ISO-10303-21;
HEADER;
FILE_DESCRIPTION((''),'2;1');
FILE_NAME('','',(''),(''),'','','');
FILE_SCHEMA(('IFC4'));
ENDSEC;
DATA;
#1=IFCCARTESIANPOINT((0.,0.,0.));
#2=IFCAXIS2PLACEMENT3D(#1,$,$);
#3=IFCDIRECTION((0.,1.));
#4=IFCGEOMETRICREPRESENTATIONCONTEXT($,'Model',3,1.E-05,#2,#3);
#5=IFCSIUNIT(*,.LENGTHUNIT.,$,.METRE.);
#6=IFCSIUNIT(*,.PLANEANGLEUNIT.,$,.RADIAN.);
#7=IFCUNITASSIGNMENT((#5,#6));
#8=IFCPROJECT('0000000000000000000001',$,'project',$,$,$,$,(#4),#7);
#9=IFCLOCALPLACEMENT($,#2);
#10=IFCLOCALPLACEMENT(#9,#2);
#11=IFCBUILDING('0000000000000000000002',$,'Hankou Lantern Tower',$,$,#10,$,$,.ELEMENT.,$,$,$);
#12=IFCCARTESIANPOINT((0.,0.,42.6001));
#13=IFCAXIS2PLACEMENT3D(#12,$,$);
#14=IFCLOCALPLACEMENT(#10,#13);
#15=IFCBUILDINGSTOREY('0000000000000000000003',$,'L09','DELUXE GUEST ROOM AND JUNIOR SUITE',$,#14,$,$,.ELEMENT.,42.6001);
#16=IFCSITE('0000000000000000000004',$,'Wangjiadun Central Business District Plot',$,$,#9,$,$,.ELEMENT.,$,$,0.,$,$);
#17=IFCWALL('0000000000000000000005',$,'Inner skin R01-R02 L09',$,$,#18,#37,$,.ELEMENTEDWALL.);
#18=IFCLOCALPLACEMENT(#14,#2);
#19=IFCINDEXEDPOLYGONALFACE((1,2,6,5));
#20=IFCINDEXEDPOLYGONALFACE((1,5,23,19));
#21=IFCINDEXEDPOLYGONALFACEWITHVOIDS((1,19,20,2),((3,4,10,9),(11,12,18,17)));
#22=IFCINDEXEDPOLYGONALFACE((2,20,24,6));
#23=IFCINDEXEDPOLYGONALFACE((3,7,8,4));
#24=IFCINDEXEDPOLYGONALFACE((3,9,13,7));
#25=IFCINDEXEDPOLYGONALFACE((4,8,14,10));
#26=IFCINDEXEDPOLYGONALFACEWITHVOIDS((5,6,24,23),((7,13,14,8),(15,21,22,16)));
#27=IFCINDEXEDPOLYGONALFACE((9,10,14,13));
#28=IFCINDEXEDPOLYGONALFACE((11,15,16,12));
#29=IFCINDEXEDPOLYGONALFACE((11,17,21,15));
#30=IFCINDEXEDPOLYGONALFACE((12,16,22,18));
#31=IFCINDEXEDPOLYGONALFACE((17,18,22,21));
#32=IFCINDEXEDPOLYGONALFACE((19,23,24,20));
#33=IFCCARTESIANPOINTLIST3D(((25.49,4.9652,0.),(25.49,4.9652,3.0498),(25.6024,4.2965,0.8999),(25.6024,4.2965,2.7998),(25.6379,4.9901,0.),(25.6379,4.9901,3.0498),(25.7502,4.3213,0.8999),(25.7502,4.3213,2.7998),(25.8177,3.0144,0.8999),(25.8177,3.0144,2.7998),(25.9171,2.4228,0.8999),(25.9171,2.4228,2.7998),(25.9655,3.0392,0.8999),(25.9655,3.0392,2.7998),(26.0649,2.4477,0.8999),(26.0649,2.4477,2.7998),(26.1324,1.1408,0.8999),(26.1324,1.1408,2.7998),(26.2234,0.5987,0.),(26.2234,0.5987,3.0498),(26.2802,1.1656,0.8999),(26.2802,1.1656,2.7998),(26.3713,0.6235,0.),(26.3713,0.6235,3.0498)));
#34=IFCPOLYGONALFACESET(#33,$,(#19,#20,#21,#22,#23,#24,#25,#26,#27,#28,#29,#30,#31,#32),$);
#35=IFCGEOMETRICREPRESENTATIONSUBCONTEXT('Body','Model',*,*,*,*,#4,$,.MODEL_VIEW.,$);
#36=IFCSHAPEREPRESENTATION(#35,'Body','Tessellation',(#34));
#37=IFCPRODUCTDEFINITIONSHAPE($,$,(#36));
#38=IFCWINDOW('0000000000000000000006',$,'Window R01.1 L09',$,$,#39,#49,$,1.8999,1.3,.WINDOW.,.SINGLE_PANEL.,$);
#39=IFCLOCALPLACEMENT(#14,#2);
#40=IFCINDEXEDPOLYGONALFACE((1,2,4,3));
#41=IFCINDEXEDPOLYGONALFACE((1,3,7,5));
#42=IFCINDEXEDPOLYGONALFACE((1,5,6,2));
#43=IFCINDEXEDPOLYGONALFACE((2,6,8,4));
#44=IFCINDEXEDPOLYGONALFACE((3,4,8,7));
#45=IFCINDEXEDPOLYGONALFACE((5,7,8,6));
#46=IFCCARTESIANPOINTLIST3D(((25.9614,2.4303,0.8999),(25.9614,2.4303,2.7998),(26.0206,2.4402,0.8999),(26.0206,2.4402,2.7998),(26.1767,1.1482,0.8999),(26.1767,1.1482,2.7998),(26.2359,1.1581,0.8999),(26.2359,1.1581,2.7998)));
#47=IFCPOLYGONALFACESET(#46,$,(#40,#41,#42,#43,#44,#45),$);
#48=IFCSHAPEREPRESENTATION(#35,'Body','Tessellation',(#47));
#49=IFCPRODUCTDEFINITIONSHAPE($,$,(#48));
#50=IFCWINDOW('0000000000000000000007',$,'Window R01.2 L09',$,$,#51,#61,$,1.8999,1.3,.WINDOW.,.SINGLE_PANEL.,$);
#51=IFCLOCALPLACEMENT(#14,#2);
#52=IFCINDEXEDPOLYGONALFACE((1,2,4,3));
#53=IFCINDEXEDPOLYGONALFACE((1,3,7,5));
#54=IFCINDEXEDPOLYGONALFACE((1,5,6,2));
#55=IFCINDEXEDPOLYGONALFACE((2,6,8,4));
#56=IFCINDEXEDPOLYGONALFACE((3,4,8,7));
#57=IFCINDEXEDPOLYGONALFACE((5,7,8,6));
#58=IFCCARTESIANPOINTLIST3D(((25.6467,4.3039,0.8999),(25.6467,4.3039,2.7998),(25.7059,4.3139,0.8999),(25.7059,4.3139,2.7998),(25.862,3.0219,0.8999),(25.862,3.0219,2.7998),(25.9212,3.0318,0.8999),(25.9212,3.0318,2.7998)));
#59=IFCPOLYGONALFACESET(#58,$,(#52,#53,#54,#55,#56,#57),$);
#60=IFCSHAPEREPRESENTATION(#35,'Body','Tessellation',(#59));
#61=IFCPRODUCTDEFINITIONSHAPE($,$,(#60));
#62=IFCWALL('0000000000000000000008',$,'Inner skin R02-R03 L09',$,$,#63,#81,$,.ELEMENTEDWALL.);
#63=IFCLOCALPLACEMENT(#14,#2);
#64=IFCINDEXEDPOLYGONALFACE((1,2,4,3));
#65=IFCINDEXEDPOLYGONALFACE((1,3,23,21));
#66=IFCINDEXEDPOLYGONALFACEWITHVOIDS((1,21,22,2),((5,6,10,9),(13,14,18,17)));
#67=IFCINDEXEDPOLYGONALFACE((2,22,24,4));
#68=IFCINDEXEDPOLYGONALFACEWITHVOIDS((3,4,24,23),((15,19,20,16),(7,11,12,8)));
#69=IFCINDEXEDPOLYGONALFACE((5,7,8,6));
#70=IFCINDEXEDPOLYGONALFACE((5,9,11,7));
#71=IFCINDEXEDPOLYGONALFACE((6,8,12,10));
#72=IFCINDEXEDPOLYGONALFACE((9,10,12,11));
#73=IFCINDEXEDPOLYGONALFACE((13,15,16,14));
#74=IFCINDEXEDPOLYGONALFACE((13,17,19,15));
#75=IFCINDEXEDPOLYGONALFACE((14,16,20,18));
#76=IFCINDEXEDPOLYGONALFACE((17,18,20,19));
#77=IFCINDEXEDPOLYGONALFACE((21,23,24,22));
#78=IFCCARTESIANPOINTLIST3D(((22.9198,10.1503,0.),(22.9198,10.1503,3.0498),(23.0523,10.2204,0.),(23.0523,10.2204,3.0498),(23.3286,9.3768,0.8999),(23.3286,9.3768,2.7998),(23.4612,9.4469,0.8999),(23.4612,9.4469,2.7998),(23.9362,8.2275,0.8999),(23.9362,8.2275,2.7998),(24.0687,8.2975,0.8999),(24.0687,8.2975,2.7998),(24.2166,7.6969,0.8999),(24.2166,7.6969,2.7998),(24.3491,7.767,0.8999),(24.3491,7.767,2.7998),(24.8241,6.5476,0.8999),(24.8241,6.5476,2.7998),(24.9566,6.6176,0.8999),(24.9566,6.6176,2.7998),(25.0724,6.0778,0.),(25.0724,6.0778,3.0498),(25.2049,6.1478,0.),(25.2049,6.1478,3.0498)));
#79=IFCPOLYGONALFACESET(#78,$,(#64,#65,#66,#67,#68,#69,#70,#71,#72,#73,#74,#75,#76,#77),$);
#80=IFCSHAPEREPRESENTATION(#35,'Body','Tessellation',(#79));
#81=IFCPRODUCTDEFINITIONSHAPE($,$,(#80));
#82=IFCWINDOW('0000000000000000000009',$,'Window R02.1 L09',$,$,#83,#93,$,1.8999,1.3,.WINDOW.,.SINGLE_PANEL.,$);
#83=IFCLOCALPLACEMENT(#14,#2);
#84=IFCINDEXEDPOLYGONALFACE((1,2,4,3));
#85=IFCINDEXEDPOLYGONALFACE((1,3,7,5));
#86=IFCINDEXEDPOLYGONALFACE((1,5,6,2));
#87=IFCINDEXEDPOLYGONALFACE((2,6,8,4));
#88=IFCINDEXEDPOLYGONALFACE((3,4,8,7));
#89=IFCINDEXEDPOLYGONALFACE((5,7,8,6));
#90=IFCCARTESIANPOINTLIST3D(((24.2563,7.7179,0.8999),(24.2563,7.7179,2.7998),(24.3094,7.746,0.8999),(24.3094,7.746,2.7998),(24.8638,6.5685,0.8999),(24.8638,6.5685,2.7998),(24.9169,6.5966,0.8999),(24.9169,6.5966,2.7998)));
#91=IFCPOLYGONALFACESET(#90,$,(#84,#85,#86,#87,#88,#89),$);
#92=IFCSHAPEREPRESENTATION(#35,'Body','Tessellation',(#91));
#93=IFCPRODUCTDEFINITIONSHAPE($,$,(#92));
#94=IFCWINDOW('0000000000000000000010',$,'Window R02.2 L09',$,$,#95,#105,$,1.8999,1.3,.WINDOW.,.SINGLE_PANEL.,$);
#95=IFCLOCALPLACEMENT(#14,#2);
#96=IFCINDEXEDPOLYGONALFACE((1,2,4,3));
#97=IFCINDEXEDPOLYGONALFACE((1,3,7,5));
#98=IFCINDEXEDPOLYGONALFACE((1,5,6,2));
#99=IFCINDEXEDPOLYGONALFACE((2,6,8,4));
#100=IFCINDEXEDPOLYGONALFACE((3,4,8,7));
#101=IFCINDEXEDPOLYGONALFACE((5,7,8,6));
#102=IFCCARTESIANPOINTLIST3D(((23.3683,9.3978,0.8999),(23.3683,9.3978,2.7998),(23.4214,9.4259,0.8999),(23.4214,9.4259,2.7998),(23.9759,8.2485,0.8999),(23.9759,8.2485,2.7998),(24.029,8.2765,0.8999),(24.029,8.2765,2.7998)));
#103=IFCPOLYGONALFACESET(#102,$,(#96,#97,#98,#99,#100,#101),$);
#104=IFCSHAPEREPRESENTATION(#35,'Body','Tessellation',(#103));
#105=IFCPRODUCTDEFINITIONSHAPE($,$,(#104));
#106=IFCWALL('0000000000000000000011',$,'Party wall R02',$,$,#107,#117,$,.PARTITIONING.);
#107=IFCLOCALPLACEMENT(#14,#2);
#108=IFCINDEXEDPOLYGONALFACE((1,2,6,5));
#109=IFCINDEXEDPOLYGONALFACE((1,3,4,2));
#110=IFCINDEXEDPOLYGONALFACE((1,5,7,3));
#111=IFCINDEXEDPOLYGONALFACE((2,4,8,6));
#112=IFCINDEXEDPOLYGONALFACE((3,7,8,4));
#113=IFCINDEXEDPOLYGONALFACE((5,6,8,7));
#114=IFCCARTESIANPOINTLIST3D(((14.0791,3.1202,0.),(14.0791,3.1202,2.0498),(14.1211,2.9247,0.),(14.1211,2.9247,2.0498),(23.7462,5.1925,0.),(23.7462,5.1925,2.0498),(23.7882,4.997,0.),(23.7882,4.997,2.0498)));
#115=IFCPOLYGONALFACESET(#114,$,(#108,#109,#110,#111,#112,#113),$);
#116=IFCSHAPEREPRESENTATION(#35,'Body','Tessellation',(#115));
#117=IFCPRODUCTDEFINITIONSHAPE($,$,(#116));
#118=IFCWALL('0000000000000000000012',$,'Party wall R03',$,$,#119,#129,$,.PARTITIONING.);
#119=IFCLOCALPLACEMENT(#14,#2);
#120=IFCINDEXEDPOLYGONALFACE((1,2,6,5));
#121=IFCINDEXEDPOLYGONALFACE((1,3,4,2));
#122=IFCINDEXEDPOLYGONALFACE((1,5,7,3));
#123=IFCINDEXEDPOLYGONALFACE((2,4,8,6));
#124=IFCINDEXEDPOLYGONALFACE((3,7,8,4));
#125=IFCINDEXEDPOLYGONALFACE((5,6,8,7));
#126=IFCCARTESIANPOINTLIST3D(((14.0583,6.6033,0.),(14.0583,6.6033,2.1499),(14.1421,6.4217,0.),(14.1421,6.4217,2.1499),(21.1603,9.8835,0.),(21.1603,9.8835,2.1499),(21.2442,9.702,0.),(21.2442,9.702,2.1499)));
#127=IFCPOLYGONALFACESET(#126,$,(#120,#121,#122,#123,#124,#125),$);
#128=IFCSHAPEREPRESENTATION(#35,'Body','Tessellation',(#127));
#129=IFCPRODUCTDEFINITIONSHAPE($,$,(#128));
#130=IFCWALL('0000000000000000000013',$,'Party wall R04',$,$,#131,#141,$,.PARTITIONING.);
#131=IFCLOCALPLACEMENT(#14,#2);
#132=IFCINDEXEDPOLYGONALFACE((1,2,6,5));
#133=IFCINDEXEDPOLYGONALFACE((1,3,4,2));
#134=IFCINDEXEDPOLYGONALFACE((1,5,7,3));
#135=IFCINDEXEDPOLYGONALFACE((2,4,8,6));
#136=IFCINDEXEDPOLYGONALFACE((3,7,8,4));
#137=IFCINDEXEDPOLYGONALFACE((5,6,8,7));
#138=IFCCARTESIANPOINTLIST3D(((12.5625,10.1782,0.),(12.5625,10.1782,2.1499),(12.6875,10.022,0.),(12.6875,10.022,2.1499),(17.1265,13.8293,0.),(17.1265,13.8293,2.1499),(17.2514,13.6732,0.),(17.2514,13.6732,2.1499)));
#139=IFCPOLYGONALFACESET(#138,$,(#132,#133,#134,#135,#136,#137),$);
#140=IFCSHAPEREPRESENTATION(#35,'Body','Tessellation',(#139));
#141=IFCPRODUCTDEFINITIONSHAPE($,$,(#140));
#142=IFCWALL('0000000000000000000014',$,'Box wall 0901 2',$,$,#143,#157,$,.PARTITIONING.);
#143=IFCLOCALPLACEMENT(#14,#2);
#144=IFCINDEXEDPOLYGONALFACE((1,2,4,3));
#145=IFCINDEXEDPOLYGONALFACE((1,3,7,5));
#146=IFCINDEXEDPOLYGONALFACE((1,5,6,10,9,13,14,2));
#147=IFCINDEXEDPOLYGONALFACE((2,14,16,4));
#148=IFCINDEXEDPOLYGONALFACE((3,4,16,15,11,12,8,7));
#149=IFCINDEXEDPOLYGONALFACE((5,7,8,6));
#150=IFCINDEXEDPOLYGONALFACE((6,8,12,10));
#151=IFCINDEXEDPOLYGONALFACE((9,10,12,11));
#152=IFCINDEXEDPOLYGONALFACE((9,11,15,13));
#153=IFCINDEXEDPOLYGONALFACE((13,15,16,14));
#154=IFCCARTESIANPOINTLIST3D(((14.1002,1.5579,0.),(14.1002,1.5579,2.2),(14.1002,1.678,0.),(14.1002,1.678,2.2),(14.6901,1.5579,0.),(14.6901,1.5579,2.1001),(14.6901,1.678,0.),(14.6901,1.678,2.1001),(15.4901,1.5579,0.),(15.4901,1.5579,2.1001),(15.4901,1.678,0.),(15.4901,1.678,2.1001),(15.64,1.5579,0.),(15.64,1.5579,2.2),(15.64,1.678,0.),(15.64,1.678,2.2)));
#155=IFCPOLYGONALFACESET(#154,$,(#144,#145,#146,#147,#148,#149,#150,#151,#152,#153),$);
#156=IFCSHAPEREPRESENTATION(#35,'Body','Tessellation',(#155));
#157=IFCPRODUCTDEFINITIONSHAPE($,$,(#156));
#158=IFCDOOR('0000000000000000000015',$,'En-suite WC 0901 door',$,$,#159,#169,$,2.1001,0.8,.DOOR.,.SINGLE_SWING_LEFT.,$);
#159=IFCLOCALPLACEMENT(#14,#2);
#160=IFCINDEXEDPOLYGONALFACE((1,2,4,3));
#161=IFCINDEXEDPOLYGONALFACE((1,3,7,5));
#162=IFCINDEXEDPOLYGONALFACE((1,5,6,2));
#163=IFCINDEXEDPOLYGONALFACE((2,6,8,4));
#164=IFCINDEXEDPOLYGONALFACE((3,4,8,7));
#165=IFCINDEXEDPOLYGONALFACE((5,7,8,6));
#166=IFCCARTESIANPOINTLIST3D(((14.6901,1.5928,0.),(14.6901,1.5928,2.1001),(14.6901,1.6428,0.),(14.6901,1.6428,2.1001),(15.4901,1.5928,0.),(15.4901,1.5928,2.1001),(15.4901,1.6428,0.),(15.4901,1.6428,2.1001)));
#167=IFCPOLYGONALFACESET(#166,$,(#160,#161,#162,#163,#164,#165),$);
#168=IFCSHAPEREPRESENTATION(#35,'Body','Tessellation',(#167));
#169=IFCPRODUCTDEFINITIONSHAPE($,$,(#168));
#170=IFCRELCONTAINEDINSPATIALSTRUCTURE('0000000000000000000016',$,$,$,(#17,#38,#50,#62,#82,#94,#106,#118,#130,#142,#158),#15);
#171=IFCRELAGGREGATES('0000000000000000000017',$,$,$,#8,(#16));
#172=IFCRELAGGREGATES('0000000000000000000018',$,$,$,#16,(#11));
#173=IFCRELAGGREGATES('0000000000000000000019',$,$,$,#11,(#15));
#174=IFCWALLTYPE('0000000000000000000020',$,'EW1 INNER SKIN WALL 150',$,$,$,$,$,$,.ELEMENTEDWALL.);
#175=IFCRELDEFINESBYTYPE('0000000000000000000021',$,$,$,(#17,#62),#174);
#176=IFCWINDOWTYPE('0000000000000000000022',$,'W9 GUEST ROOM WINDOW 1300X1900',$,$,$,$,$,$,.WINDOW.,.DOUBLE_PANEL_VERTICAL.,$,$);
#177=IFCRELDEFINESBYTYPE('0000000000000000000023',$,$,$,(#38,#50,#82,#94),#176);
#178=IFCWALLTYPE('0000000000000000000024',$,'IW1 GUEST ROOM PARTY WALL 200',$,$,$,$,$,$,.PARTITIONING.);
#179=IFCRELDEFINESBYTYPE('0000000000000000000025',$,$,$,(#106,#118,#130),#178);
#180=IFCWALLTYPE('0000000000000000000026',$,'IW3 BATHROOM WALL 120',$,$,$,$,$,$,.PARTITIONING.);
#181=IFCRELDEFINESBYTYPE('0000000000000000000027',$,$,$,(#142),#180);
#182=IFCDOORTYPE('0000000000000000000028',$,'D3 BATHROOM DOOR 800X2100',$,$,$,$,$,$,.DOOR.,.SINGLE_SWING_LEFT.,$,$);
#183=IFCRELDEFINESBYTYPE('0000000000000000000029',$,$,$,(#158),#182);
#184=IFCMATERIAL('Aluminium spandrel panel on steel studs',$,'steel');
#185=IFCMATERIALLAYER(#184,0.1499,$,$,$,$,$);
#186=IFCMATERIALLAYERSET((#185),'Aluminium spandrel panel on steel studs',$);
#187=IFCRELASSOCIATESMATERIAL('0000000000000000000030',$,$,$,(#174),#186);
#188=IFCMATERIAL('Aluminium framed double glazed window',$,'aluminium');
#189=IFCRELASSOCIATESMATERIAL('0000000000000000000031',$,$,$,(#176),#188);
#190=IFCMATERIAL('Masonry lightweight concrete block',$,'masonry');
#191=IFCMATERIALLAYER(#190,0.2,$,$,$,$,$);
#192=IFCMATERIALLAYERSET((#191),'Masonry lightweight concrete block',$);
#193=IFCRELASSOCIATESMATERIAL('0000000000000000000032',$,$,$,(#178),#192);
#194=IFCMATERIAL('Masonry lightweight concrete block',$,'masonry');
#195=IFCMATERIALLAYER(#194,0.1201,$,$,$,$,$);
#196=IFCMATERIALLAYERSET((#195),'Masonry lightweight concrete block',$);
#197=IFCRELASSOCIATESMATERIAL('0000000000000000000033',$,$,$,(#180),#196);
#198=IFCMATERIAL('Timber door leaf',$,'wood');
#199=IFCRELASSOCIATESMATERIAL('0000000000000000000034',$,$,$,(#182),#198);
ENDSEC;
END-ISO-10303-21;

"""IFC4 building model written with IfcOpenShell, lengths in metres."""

from ifc_helpers import new_model, si_unit, direction, frame, frame_2d, origin, place, context, subcontext, project, spatial, rectangle, extrude, material, layer, layer_set, type_object, element, fill, save


model = new_model("IFC4")

# Units and contexts
model_context = context("Model", 3, precision=1e-05, world=origin(), true_north=direction((0.0, 1.0)))
body_context = subcontext(model_context, "Body", "Model", "MODEL_VIEW")
ifc_project = project(units=[si_unit("LENGTHUNIT", "METRE"), si_unit("PLANEANGLEUNIT", "RADIAN")], contexts=[model_context])

# Site, building, storey
site_placement = place(None, origin())
site = spatial("IfcSite", under=ifc_project, at=site_placement, Name="Wangjiadun Central Business District Plot", CompositionType="ELEMENT", RefElevation=0.0)
building_placement = place(site_placement, origin())
building = spatial("IfcBuilding", under=site, at=building_placement, Name="Hankou Lantern Tower", CompositionType="ELEMENT")
storey_placement = place(building_placement, frame((0.0, 0.0, 42.6001)))
storey = spatial("IfcBuildingStorey", under=building, at=storey_placement, Name="L09", Description="DELUXE GUEST ROOM AND JUNIOR SUITE", CompositionType="ELEMENT", Elevation=42.6001)

# Walls, openings, windows
ifc_material_1 = material(Name="Aluminium spandrel panel on steel studs", Category="steel")
ifc_layer_1 = layer(ifc_material_1, 0.1499)
ifc_layer_set_1 = layer_set([ifc_layer_1], Name="Aluminium spandrel panel on steel studs")
wall_type_1 = type_object("IfcWallType", Name="EW1 INNER SKIN WALL 150", PredefinedType="ELEMENTEDWALL", material=ifc_layer_set_1)
wall_1_placement = place(storey_placement, frame((26.2974, 0.6111, 0.0), z_axis=(0.0, 0.0, 1.0), x_axis=(-0.165642, 0.986186, 0.0)))
wall_1 = element("IfcWall", 1, at=wall_1_placement, inside=storey, type_object=wall_type_1, Name="Inner skin R01-R02 L09", PredefinedType="ELEMENTEDWALL", context=body_context, shape_type="SweptSolid", body=[
    extrude(rectangle(XDim=4.4277, YDim=0.1499, at=frame_2d((2.2139, 0.0))), origin(), (0.0, 0.0, 1.0), 3.0498),
])
opening_1_placement = place(wall_1_placement, frame((0.5498, 0.0, 0.8999)))
opening_1 = element("IfcOpeningElement", 2, at=opening_1_placement, cuts=wall_1, PredefinedType="OPENING", context=body_context, shape_type="SweptSolid", body=[
    extrude(rectangle(XDim=1.3, YDim=1.8999, at=frame_2d((0.6499, 0.95))), frame((0.0, 0.085, 0.0), z_axis=(0.0, -1.0, 0.0), x_axis=(1.0, 0.0, 0.0)), (0.0, 0.0, 1.0), 0.1699),
])
opening_2_placement = place(wall_1_placement, frame((2.4497, 0.0, 0.8999)))
opening_2 = element("IfcOpeningElement", 3, at=opening_2_placement, cuts=wall_1, PredefinedType="OPENING", context=body_context, shape_type="SweptSolid", body=[
    extrude(rectangle(XDim=1.3, YDim=1.8999, at=frame_2d((0.6499, 0.95))), frame((0.0, 0.085, 0.0), z_axis=(0.0, -1.0, 0.0), x_axis=(1.0, 0.0, 0.0)), (0.0, 0.0, 1.0), 0.1699),
])
ifc_material_2 = material(Name="Aluminium framed double glazed window", Category="aluminium")
window_type = type_object("IfcWindowType", Name="W9 GUEST ROOM WINDOW 1300X1900", PartitioningType="DOUBLE_PANEL_VERTICAL", PredefinedType="WINDOW", material=ifc_material_2)
window_1_placement = place(opening_1_placement, origin())
window_1 = element("IfcWindow", 4, at=window_1_placement, inside=storey, type_object=window_type, Name="Window R01.1 L09", OverallHeight=1.8999, OverallWidth=1.3, PartitioningType="SINGLE_PANEL", PredefinedType="WINDOW", context=body_context, shape_type="SweptSolid", body=[
    extrude(rectangle(XDim=1.3, YDim=1.8999, at=frame_2d((0.6499, 0.95))), frame((0.0, 0.03, 0.0), z_axis=(0.0, -1.0, 0.0), x_axis=(1.0, 0.0, 0.0)), (0.0, 0.0, 1.0), 0.0601),
])
fill(opening_1, window_1)
window_2_placement = place(opening_2_placement, origin())
window_2 = element("IfcWindow", 5, at=window_2_placement, inside=storey, type_object=window_type, Name="Window R01.2 L09", OverallHeight=1.8999, OverallWidth=1.3, PartitioningType="SINGLE_PANEL", PredefinedType="WINDOW", context=body_context, shape_type="SweptSolid", body=[
    extrude(rectangle(XDim=1.3, YDim=1.8999, at=frame_2d((0.6499, 0.95))), frame((0.0, 0.03, 0.0), z_axis=(0.0, -1.0, 0.0), x_axis=(1.0, 0.0, 0.0)), (0.0, 0.0, 1.0), 0.0601),
])
fill(opening_2, window_2)
wall_2_placement = place(storey_placement, frame((25.1387, 6.1128, 0.0), z_axis=(0.0, 0.0, 1.0), x_axis=(-0.467303, 0.884097, 0.0)))
wall_2 = element("IfcWall", 6, at=wall_2_placement, inside=storey, type_object=wall_type_1, Name="Inner skin R02-R03 L09", PredefinedType="ELEMENTEDWALL", context=body_context, shape_type="SweptSolid", body=[
    extrude(rectangle(XDim=4.6064, YDim=0.1499, at=frame_2d((2.3032, 0.0))), origin(), (0.0, 0.0, 1.0), 3.0498),
])
opening_3_placement = place(wall_2_placement, frame((0.5315, 0.0, 0.8999)))
opening_3 = element("IfcOpeningElement", 7, at=opening_3_placement, cuts=wall_2, PredefinedType="OPENING", context=body_context, shape_type="SweptSolid", body=[
    extrude(rectangle(XDim=1.3, YDim=1.8999, at=frame_2d((0.6499, 0.95))), frame((0.0, 0.085, 0.0), z_axis=(0.0, -1.0, 0.0), x_axis=(1.0, 0.0, 0.0)), (0.0, 0.0, 1.0), 0.1699),
])
opening_4_placement = place(wall_2_placement, frame((2.4316, 0.0, 0.8999)))
opening_4 = element("IfcOpeningElement", 8, at=opening_4_placement, cuts=wall_2, PredefinedType="OPENING", context=body_context, shape_type="SweptSolid", body=[
    extrude(rectangle(XDim=1.3, YDim=1.8999, at=frame_2d((0.6499, 0.95))), frame((0.0, 0.085, 0.0), z_axis=(0.0, -1.0, 0.0), x_axis=(1.0, 0.0, 0.0)), (0.0, 0.0, 1.0), 0.1699),
])
window_3_placement = place(opening_3_placement, origin())
window_3 = element("IfcWindow", 9, at=window_3_placement, inside=storey, type_object=window_type, Name="Window R02.1 L09", OverallHeight=1.8999, OverallWidth=1.3, PartitioningType="SINGLE_PANEL", PredefinedType="WINDOW", context=body_context, shape_type="SweptSolid", body=[
    extrude(rectangle(XDim=1.3, YDim=1.8999, at=frame_2d((0.6499, 0.95))), frame((0.0, 0.03, 0.0), z_axis=(0.0, -1.0, 0.0), x_axis=(1.0, 0.0, 0.0)), (0.0, 0.0, 1.0), 0.0601),
])
fill(opening_3, window_3)
window_4_placement = place(opening_4_placement, origin())
window_4 = element("IfcWindow", 10, at=window_4_placement, inside=storey, type_object=window_type, Name="Window R02.2 L09", OverallHeight=1.8999, OverallWidth=1.3, PartitioningType="SINGLE_PANEL", PredefinedType="WINDOW", context=body_context, shape_type="SweptSolid", body=[
    extrude(rectangle(XDim=1.3, YDim=1.8999, at=frame_2d((0.6499, 0.95))), frame((0.0, 0.03, 0.0), z_axis=(0.0, -1.0, 0.0), x_axis=(1.0, 0.0, 0.0)), (0.0, 0.0, 1.0), 0.0601),
])
fill(opening_4, window_4)

# Walls
ifc_material_3 = material(Name="Masonry lightweight concrete block", Category="masonry")
ifc_layer_2 = layer(ifc_material_3, 0.2)
ifc_layer_set_2 = layer_set([ifc_layer_2], Name="Masonry lightweight concrete block")
wall_type_2 = type_object("IfcWallType", Name="IW1 GUEST ROOM PARTY WALL 200", PredefinedType="PARTITIONING", material=ifc_layer_set_2)
wall_3_placement = place(storey_placement, frame((14.1001, 3.0225, 0.0), z_axis=(0.0, 0.0, 1.0), x_axis=(0.977787, 0.209603, 0.0)))
element("IfcWall", 11, at=wall_3_placement, inside=storey, type_object=wall_type_2, Name="Party wall R02", PredefinedType="PARTITIONING", context=body_context, shape_type="SweptSolid", body=[
    extrude(rectangle(XDim=9.8867, YDim=0.2, at=frame_2d((4.9434, 0.0))), origin(), (0.0, 0.0, 1.0), 2.0498),
])
wall_4_placement = place(storey_placement, frame((14.1001, 6.5125, 0.0), z_axis=(0.0, 0.0, 1.0), x_axis=(0.907842, 0.419311, 0.0)))
element("IfcWall", 12, at=wall_4_placement, inside=storey, type_object=wall_type_2, Name="Party wall R03", PredefinedType="PARTITIONING", context=body_context, shape_type="SweptSolid", body=[
    extrude(rectangle(XDim=7.823, YDim=0.2, at=frame_2d((3.9116, 0.0))), origin(), (0.0, 0.0, 1.0), 2.1499),
])
wall_5_placement = place(storey_placement, frame((12.625, 10.1001, 0.0), z_axis=(0.0, 0.0, 1.0), x_axis=(0.780873, 0.62469, 0.0)))
element("IfcWall", 13, at=wall_5_placement, inside=storey, type_object=wall_type_2, Name="Party wall R04", PredefinedType="PARTITIONING", context=body_context, shape_type="SweptSolid", body=[
    extrude(rectangle(XDim=5.8447, YDim=0.2, at=frame_2d((2.9224, 0.0))), origin(), (0.0, 0.0, 1.0), 2.1499),
])

# Wall, opening, door
ifc_material_4 = material(Name="Masonry lightweight concrete block", Category="masonry")
ifc_layer_3 = layer(ifc_material_4, 0.1201)
ifc_layer_set_3 = layer_set([ifc_layer_3], Name="Masonry lightweight concrete block")
wall_type_3 = type_object("IfcWallType", Name="IW3 BATHROOM WALL 120", PredefinedType="PARTITIONING", material=ifc_layer_set_3)
wall_6_placement = place(storey_placement, frame((14.1001, 1.6179, 0.0), z_axis=(0.0, 0.0, 1.0), x_axis=(1.0, 0.0, 0.0)))
wall_6 = element("IfcWall", 14, at=wall_6_placement, inside=storey, type_object=wall_type_3, Name="Box wall 0901 2", PredefinedType="PARTITIONING", context=body_context, shape_type="SweptSolid", body=[
    extrude(rectangle(XDim=1.5398, YDim=0.1201, at=frame_2d((0.77, 0.0))), origin(), (0.0, 0.0, 1.0), 2.2),
])
opening_5_placement = place(wall_6_placement, frame((0.5901, 0.0, 0.0)))
opening_5 = element("IfcOpeningElement", 15, at=opening_5_placement, cuts=wall_6, PredefinedType="OPENING", context=body_context, shape_type="SweptSolid", body=[
    extrude(rectangle(XDim=0.8, YDim=2.1001, at=frame_2d((0.3999, 1.05))), frame((0.0, 0.0701, 0.0), z_axis=(0.0, -1.0, 0.0), x_axis=(1.0, 0.0, 0.0)), (0.0, 0.0, 1.0), 0.1401),
])
ifc_material_5 = material(Name="Timber door leaf", Category="wood")
door_type = type_object("IfcDoorType", Name="D3 BATHROOM DOOR 800X2100", OperationType="SINGLE_SWING_LEFT", PredefinedType="DOOR", material=ifc_material_5)
door_1_placement = place(opening_5_placement, origin())
door_1 = element("IfcDoor", 16, at=door_1_placement, inside=storey, type_object=door_type, Name="En-suite WC 0901 door", OperationType="SINGLE_SWING_LEFT", OverallHeight=2.1001, OverallWidth=0.8, PredefinedType="DOOR", context=body_context, shape_type="SweptSolid", body=[
    extrude(rectangle(XDim=0.8, YDim=2.1001, at=frame_2d((0.3999, 1.05))), frame((0.0, 0.0249, 0.0), z_axis=(0.0, -1.0, 0.0), x_axis=(1.0, 0.0, 0.0)), (0.0, 0.0, 1.0), 0.05),
])
fill(opening_5, door_1)

save(model, "model.ifc")
